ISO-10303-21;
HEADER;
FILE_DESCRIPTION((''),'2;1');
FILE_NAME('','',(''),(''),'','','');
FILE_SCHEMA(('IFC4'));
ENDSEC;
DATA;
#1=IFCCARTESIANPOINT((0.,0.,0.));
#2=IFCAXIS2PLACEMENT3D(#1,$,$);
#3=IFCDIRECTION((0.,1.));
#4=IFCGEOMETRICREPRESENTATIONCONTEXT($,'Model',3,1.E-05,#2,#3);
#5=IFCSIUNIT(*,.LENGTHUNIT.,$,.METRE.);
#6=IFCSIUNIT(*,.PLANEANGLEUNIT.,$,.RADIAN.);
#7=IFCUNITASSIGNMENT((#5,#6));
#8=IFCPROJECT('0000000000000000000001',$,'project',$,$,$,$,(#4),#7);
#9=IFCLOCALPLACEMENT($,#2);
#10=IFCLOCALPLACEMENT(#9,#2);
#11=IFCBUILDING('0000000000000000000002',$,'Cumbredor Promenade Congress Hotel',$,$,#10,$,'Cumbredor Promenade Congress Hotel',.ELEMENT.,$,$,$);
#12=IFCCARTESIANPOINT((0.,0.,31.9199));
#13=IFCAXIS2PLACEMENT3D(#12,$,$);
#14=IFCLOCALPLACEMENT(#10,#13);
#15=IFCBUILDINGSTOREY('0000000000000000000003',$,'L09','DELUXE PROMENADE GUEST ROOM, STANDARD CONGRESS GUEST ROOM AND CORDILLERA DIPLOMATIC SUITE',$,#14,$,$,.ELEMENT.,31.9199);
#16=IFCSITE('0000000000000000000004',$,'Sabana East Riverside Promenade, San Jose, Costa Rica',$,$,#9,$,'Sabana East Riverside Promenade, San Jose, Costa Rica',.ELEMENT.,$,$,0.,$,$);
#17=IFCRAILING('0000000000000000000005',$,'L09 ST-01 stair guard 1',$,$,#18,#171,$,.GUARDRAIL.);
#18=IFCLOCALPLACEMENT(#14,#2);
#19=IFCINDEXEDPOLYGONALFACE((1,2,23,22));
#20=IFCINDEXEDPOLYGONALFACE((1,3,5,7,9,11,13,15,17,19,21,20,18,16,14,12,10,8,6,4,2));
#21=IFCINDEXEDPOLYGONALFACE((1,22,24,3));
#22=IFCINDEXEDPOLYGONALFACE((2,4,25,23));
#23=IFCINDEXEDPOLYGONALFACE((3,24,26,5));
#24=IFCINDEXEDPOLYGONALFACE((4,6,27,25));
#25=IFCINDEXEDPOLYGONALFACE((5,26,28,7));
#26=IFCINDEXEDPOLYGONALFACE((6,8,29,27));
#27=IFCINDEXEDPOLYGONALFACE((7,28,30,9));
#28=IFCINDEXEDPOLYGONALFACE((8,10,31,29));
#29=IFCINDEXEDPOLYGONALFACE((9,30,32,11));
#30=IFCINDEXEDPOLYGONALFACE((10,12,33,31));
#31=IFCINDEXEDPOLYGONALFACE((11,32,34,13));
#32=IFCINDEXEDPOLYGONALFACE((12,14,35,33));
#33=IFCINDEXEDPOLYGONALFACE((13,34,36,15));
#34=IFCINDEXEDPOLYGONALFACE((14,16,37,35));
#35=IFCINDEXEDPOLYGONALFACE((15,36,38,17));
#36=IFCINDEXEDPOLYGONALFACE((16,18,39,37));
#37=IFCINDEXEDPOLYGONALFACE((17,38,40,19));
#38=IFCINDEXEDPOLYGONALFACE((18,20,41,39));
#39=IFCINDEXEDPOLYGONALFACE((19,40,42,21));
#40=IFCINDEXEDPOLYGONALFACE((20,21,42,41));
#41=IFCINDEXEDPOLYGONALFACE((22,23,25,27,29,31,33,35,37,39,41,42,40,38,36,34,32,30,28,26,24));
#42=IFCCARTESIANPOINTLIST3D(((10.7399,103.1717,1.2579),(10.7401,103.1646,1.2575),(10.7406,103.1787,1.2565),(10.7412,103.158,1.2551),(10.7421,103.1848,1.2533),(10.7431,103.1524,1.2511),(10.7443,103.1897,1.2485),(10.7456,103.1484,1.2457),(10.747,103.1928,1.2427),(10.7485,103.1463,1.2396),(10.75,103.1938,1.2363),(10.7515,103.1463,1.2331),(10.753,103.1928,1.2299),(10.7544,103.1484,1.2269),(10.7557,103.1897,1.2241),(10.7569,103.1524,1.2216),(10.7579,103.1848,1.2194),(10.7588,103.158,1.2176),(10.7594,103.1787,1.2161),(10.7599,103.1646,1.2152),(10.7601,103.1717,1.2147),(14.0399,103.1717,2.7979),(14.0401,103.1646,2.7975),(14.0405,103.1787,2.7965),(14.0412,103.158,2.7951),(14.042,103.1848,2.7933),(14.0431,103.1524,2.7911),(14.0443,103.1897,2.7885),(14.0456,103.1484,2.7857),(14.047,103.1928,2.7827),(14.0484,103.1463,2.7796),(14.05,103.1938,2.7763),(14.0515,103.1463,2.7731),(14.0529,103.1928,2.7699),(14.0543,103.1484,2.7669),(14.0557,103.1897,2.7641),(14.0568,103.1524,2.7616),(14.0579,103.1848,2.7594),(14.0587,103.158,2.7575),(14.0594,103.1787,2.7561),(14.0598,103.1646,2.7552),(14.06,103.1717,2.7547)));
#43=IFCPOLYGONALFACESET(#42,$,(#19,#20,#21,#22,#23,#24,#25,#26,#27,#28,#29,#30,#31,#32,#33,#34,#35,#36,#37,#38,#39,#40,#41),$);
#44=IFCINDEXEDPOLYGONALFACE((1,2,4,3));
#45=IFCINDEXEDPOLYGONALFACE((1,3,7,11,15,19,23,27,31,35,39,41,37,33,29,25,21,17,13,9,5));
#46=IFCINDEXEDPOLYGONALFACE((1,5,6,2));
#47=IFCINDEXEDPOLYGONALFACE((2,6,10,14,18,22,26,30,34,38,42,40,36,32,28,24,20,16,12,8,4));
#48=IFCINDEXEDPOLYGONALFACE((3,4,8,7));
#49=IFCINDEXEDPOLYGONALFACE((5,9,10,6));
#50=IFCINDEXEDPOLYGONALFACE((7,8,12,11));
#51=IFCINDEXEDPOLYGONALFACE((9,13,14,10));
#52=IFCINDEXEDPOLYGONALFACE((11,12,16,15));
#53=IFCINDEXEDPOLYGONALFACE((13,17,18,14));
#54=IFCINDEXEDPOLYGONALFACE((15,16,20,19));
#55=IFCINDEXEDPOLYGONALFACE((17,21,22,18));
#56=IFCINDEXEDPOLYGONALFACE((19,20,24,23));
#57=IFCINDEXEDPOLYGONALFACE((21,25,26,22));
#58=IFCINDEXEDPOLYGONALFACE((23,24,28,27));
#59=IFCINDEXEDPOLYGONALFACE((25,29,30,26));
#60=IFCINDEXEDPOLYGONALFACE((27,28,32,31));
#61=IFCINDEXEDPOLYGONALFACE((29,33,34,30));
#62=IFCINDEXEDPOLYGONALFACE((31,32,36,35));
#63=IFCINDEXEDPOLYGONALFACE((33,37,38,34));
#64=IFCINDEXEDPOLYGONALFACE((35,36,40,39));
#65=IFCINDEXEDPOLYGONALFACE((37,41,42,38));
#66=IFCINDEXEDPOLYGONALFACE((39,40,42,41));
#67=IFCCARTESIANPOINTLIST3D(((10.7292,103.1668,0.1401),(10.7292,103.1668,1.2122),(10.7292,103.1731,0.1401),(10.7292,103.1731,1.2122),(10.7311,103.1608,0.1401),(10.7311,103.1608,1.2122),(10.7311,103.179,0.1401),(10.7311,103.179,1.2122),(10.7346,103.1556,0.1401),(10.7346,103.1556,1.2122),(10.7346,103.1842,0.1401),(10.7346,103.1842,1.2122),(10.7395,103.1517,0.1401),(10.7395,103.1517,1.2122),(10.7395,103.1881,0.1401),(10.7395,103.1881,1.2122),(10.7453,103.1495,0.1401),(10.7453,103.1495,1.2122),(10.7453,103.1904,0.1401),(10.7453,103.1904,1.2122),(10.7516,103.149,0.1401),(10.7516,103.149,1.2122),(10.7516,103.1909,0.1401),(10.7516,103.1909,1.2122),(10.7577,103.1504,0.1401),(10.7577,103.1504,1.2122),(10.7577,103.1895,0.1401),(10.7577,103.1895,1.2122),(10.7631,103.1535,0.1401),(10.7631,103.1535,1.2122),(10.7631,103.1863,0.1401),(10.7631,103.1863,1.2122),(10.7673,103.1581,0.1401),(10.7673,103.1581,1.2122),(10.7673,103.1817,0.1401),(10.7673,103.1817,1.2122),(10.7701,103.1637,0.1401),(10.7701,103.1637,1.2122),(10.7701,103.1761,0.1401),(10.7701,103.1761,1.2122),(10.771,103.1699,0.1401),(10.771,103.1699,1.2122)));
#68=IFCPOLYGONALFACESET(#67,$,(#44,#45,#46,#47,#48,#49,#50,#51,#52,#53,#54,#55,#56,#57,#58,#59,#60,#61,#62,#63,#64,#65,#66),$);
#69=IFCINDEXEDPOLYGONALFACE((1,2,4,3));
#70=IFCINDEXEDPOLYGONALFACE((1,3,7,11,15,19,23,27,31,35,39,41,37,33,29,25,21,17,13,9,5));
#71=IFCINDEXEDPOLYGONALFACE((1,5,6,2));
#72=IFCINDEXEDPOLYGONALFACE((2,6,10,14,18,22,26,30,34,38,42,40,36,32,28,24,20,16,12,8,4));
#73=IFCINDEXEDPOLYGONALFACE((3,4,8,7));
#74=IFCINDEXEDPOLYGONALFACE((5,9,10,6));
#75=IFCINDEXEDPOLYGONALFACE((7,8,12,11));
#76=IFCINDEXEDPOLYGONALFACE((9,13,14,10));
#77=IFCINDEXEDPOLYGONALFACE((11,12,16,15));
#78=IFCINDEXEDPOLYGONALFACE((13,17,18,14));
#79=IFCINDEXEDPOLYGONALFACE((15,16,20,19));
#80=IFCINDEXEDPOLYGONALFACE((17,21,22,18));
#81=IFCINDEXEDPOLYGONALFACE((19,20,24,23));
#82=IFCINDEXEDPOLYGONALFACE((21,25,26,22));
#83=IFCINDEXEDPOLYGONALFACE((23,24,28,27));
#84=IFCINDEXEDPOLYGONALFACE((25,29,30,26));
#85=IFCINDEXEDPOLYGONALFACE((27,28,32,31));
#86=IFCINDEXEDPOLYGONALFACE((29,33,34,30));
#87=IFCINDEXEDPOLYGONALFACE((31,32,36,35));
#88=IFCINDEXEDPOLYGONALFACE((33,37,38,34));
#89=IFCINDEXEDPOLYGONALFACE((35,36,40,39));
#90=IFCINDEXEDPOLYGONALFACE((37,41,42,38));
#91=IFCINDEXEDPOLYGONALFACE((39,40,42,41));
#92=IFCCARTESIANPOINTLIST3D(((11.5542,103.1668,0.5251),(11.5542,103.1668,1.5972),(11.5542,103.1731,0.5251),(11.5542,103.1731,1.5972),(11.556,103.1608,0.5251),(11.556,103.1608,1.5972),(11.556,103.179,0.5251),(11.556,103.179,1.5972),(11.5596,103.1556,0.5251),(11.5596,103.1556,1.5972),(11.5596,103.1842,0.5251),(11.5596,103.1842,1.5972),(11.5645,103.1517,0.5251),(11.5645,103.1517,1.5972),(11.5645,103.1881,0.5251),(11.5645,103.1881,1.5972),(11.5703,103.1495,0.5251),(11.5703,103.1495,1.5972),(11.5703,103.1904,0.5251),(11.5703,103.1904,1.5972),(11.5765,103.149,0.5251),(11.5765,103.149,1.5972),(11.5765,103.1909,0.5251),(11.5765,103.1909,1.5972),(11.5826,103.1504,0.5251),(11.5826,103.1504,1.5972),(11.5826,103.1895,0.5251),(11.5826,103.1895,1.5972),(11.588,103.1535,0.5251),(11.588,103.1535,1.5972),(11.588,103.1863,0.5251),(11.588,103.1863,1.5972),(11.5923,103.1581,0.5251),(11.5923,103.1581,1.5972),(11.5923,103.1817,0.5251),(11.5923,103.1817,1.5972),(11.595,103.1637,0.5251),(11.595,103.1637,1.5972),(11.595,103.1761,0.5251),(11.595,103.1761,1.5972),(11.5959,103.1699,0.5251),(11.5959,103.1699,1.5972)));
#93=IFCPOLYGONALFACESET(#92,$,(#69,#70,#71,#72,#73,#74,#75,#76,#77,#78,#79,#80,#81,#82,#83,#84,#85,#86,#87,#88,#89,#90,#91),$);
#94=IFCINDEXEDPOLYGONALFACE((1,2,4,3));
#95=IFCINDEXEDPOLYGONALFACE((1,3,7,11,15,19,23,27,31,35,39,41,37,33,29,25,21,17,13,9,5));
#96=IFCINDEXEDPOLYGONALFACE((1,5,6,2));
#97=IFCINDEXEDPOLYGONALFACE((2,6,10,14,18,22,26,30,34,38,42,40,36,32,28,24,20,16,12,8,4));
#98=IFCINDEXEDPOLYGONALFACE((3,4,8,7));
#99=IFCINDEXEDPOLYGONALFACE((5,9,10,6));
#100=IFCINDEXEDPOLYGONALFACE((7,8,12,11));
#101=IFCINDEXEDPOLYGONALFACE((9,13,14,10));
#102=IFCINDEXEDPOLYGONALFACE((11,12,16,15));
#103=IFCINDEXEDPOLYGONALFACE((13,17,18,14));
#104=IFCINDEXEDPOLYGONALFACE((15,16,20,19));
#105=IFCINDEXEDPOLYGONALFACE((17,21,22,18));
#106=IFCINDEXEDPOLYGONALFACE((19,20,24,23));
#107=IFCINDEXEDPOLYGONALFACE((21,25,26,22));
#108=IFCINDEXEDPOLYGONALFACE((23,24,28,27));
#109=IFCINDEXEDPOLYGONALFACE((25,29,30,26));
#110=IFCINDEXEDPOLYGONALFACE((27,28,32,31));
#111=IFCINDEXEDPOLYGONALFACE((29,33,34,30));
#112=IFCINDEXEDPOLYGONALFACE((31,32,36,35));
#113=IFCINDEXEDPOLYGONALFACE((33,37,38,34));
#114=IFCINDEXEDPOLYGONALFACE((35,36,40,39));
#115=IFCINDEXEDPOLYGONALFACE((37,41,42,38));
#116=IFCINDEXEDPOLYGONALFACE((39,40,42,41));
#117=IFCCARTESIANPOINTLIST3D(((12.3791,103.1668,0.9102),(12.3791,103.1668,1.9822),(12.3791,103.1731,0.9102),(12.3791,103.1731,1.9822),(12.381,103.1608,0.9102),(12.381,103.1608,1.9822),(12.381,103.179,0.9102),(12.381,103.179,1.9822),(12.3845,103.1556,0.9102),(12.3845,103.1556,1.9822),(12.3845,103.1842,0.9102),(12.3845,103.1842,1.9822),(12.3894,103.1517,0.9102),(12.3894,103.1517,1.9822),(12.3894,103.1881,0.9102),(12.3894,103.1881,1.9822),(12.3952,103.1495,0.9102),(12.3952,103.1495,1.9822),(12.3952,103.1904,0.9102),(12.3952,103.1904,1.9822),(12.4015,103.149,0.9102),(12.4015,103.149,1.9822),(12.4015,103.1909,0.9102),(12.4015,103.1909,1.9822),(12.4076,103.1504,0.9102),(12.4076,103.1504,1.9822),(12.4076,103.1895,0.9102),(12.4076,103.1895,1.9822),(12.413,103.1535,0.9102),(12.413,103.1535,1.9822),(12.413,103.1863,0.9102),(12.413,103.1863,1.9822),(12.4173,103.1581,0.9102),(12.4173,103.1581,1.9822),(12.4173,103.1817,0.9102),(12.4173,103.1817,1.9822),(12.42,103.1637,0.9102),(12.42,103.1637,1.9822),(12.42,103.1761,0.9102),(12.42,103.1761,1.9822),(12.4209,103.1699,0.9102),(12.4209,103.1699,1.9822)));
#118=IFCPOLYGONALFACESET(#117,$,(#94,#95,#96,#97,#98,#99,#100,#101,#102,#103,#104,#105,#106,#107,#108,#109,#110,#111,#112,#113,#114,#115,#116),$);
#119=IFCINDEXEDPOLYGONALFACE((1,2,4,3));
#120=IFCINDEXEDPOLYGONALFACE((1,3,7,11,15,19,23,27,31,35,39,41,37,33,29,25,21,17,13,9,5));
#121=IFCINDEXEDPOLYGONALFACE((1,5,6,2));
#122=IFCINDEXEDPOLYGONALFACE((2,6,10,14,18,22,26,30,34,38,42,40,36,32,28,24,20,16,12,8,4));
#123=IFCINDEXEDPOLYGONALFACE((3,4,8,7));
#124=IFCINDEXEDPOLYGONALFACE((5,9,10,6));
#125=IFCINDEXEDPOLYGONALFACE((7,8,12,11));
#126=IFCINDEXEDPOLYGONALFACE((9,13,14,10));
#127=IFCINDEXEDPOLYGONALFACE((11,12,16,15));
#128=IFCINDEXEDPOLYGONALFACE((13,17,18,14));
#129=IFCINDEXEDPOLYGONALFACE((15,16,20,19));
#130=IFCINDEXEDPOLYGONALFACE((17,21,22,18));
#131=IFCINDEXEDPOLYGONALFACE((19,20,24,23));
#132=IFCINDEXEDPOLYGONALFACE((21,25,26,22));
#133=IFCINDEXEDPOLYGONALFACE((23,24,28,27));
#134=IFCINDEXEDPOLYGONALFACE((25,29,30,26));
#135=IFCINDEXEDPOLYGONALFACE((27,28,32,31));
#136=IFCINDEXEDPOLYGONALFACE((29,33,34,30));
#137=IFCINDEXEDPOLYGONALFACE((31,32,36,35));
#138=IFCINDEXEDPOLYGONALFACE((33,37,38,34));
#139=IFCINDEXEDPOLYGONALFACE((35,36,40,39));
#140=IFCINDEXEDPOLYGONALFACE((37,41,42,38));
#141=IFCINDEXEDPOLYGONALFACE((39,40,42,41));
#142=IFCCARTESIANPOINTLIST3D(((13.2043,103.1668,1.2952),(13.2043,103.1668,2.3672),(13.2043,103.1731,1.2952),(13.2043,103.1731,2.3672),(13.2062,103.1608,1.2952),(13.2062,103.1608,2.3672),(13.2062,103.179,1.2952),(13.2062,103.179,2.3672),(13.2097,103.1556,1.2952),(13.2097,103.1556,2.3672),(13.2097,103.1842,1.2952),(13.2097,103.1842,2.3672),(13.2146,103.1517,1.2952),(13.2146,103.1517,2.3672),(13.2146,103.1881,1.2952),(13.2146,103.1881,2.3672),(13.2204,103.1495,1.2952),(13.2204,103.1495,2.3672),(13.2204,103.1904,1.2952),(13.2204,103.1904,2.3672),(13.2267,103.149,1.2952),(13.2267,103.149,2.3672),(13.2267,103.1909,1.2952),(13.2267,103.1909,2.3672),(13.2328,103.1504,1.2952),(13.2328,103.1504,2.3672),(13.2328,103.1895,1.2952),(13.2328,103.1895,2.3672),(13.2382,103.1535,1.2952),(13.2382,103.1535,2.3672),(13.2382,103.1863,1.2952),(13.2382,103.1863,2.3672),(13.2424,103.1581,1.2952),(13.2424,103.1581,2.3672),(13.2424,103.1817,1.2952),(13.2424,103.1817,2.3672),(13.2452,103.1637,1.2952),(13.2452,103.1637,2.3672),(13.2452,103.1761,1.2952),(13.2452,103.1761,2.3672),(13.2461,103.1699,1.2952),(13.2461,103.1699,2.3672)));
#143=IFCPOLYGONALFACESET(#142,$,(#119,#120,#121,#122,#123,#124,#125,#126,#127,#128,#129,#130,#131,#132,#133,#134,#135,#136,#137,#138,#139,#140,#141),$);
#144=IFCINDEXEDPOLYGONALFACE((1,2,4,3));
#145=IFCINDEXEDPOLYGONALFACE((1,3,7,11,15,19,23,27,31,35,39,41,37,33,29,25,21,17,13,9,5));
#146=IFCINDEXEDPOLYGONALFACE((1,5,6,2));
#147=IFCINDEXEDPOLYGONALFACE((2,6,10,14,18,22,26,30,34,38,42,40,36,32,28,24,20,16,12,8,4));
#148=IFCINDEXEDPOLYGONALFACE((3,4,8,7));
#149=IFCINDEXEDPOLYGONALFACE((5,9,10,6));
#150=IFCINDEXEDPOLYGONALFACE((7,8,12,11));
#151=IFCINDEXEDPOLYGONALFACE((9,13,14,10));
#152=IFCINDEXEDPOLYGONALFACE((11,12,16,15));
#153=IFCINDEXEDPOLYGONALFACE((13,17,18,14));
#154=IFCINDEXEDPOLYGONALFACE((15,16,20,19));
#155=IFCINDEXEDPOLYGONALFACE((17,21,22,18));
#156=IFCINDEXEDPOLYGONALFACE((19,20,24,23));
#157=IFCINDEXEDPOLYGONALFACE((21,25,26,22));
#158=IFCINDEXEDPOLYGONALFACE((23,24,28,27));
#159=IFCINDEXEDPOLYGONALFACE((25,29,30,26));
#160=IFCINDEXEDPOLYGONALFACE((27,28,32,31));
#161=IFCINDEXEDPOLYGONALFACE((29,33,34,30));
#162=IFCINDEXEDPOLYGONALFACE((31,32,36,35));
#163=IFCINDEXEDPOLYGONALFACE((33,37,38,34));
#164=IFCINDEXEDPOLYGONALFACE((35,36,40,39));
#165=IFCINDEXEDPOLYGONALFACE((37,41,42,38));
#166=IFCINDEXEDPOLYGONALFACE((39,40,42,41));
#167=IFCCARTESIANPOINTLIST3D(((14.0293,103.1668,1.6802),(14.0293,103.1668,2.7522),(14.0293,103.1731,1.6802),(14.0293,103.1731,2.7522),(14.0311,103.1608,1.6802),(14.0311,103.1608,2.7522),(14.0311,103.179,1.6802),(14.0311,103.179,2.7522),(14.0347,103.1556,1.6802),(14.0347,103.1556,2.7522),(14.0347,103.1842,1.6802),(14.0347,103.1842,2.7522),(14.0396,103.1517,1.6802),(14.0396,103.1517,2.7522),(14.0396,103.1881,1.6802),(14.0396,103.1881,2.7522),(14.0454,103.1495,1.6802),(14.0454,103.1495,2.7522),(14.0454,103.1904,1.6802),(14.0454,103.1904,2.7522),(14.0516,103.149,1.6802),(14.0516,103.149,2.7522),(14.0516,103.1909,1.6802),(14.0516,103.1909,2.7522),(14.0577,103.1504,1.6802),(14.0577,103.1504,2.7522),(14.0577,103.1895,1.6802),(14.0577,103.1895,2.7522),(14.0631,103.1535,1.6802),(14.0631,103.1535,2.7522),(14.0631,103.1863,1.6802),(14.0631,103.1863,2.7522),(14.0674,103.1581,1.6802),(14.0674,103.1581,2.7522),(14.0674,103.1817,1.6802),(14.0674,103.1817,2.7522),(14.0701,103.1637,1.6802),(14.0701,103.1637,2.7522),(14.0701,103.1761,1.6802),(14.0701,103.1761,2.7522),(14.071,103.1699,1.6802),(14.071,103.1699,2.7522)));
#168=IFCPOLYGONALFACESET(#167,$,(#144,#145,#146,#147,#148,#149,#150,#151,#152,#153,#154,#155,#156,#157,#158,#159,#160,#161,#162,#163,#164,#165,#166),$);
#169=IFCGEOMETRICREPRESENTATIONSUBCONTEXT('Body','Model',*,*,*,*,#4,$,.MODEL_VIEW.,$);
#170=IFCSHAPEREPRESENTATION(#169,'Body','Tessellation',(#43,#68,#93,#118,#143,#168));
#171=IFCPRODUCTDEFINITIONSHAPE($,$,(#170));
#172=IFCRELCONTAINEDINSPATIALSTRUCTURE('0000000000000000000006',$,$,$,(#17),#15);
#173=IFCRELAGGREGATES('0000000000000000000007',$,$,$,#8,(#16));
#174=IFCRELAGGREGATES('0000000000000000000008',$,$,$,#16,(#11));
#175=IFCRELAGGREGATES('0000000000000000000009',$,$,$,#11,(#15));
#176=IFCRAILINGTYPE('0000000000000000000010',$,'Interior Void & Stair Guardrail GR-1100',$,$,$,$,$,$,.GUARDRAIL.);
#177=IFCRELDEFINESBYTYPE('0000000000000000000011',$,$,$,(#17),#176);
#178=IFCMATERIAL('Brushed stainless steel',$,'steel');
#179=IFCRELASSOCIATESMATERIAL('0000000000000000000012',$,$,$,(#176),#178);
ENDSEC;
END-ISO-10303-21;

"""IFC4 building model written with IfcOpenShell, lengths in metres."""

from ifc_helpers import new_model, si_unit, direction, frame, origin, origin_2d, place, context, subcontext, project, spatial, circle, extrude, material, type_object, element, save


model = new_model("IFC4")

# Units and contexts
model_context = context("Model", 3, precision=1e-05, world=origin(), true_north=direction((0.0, 1.0)))
body_context = subcontext(model_context, "Body", "Model", "MODEL_VIEW")
ifc_project = project(units=[si_unit("LENGTHUNIT", "METRE"), si_unit("PLANEANGLEUNIT", "RADIAN")], contexts=[model_context])

# Site, building, storey
site_placement = place(None, origin())
site = spatial("IfcSite", under=ifc_project, at=site_placement, Name="Sabana East Riverside Promenade, San Jose, Costa Rica", LongName="Sabana East Riverside Promenade, San Jose, Costa Rica", CompositionType="ELEMENT", RefElevation=0.0)
building_placement = place(site_placement, origin())
building = spatial("IfcBuilding", under=site, at=building_placement, Name="Cumbredor Promenade Congress Hotel", LongName="Cumbredor Promenade Congress Hotel", CompositionType="ELEMENT")
storey_placement = place(building_placement, frame((0.0, 0.0, 31.9199)))
storey = spatial("IfcBuildingStorey", under=building, at=storey_placement, Name="L09", Description="DELUXE PROMENADE GUEST ROOM, STANDARD CONGRESS GUEST ROOM AND CORDILLERA DIPLOMATIC SUITE", CompositionType="ELEMENT", Elevation=31.9199)

# Railing
ifc_material_1 = material(Name="Brushed stainless steel", Category="steel")
railing_type_1 = type_object("IfcRailingType", Name="Interior Void & Stair Guardrail GR-1100", PredefinedType="GUARDRAIL", material=ifc_material_1)
railing_1_placement = place(storey_placement, frame((10.75, 103.1699, 0.1401)))
element("IfcRailing", 1, at=railing_1_placement, inside=storey, type_object=railing_type_1, Name="L09 ST-01 stair guard 1", PredefinedType="GUARDRAIL", context=body_context, shape_type="SweptSolid", body=[
    extrude(circle(Radius=0.0239, at=origin_2d()), frame((0.0, 0.0, 1.0962), z_axis=(0.906181, 0.0, 0.422889), x_axis=(0.0, 1.0, 0.0)), (0.0, 0.0, 1.0), 3.6416),
    extrude(circle(Radius=0.021, at=origin_2d()), origin(), (0.0, 0.0, 1.0), 1.072),
    extrude(circle(Radius=0.021, at=origin_2d()), frame((0.825, 0.0, 0.385)), (0.0, 0.0, 1.0), 1.072),
    extrude(circle(Radius=0.021, at=origin_2d()), frame((1.6499, 0.0, 0.77)), (0.0, 0.0, 1.0), 1.072),
    extrude(circle(Radius=0.021, at=origin_2d()), frame((2.4751, 0.0, 1.155)), (0.0, 0.0, 1.0), 1.072),
    extrude(circle(Radius=0.021, at=origin_2d()), frame((3.3, 0.0, 1.54)), (0.0, 0.0, 1.0), 1.072),
])

save(model, "model.ifc")
